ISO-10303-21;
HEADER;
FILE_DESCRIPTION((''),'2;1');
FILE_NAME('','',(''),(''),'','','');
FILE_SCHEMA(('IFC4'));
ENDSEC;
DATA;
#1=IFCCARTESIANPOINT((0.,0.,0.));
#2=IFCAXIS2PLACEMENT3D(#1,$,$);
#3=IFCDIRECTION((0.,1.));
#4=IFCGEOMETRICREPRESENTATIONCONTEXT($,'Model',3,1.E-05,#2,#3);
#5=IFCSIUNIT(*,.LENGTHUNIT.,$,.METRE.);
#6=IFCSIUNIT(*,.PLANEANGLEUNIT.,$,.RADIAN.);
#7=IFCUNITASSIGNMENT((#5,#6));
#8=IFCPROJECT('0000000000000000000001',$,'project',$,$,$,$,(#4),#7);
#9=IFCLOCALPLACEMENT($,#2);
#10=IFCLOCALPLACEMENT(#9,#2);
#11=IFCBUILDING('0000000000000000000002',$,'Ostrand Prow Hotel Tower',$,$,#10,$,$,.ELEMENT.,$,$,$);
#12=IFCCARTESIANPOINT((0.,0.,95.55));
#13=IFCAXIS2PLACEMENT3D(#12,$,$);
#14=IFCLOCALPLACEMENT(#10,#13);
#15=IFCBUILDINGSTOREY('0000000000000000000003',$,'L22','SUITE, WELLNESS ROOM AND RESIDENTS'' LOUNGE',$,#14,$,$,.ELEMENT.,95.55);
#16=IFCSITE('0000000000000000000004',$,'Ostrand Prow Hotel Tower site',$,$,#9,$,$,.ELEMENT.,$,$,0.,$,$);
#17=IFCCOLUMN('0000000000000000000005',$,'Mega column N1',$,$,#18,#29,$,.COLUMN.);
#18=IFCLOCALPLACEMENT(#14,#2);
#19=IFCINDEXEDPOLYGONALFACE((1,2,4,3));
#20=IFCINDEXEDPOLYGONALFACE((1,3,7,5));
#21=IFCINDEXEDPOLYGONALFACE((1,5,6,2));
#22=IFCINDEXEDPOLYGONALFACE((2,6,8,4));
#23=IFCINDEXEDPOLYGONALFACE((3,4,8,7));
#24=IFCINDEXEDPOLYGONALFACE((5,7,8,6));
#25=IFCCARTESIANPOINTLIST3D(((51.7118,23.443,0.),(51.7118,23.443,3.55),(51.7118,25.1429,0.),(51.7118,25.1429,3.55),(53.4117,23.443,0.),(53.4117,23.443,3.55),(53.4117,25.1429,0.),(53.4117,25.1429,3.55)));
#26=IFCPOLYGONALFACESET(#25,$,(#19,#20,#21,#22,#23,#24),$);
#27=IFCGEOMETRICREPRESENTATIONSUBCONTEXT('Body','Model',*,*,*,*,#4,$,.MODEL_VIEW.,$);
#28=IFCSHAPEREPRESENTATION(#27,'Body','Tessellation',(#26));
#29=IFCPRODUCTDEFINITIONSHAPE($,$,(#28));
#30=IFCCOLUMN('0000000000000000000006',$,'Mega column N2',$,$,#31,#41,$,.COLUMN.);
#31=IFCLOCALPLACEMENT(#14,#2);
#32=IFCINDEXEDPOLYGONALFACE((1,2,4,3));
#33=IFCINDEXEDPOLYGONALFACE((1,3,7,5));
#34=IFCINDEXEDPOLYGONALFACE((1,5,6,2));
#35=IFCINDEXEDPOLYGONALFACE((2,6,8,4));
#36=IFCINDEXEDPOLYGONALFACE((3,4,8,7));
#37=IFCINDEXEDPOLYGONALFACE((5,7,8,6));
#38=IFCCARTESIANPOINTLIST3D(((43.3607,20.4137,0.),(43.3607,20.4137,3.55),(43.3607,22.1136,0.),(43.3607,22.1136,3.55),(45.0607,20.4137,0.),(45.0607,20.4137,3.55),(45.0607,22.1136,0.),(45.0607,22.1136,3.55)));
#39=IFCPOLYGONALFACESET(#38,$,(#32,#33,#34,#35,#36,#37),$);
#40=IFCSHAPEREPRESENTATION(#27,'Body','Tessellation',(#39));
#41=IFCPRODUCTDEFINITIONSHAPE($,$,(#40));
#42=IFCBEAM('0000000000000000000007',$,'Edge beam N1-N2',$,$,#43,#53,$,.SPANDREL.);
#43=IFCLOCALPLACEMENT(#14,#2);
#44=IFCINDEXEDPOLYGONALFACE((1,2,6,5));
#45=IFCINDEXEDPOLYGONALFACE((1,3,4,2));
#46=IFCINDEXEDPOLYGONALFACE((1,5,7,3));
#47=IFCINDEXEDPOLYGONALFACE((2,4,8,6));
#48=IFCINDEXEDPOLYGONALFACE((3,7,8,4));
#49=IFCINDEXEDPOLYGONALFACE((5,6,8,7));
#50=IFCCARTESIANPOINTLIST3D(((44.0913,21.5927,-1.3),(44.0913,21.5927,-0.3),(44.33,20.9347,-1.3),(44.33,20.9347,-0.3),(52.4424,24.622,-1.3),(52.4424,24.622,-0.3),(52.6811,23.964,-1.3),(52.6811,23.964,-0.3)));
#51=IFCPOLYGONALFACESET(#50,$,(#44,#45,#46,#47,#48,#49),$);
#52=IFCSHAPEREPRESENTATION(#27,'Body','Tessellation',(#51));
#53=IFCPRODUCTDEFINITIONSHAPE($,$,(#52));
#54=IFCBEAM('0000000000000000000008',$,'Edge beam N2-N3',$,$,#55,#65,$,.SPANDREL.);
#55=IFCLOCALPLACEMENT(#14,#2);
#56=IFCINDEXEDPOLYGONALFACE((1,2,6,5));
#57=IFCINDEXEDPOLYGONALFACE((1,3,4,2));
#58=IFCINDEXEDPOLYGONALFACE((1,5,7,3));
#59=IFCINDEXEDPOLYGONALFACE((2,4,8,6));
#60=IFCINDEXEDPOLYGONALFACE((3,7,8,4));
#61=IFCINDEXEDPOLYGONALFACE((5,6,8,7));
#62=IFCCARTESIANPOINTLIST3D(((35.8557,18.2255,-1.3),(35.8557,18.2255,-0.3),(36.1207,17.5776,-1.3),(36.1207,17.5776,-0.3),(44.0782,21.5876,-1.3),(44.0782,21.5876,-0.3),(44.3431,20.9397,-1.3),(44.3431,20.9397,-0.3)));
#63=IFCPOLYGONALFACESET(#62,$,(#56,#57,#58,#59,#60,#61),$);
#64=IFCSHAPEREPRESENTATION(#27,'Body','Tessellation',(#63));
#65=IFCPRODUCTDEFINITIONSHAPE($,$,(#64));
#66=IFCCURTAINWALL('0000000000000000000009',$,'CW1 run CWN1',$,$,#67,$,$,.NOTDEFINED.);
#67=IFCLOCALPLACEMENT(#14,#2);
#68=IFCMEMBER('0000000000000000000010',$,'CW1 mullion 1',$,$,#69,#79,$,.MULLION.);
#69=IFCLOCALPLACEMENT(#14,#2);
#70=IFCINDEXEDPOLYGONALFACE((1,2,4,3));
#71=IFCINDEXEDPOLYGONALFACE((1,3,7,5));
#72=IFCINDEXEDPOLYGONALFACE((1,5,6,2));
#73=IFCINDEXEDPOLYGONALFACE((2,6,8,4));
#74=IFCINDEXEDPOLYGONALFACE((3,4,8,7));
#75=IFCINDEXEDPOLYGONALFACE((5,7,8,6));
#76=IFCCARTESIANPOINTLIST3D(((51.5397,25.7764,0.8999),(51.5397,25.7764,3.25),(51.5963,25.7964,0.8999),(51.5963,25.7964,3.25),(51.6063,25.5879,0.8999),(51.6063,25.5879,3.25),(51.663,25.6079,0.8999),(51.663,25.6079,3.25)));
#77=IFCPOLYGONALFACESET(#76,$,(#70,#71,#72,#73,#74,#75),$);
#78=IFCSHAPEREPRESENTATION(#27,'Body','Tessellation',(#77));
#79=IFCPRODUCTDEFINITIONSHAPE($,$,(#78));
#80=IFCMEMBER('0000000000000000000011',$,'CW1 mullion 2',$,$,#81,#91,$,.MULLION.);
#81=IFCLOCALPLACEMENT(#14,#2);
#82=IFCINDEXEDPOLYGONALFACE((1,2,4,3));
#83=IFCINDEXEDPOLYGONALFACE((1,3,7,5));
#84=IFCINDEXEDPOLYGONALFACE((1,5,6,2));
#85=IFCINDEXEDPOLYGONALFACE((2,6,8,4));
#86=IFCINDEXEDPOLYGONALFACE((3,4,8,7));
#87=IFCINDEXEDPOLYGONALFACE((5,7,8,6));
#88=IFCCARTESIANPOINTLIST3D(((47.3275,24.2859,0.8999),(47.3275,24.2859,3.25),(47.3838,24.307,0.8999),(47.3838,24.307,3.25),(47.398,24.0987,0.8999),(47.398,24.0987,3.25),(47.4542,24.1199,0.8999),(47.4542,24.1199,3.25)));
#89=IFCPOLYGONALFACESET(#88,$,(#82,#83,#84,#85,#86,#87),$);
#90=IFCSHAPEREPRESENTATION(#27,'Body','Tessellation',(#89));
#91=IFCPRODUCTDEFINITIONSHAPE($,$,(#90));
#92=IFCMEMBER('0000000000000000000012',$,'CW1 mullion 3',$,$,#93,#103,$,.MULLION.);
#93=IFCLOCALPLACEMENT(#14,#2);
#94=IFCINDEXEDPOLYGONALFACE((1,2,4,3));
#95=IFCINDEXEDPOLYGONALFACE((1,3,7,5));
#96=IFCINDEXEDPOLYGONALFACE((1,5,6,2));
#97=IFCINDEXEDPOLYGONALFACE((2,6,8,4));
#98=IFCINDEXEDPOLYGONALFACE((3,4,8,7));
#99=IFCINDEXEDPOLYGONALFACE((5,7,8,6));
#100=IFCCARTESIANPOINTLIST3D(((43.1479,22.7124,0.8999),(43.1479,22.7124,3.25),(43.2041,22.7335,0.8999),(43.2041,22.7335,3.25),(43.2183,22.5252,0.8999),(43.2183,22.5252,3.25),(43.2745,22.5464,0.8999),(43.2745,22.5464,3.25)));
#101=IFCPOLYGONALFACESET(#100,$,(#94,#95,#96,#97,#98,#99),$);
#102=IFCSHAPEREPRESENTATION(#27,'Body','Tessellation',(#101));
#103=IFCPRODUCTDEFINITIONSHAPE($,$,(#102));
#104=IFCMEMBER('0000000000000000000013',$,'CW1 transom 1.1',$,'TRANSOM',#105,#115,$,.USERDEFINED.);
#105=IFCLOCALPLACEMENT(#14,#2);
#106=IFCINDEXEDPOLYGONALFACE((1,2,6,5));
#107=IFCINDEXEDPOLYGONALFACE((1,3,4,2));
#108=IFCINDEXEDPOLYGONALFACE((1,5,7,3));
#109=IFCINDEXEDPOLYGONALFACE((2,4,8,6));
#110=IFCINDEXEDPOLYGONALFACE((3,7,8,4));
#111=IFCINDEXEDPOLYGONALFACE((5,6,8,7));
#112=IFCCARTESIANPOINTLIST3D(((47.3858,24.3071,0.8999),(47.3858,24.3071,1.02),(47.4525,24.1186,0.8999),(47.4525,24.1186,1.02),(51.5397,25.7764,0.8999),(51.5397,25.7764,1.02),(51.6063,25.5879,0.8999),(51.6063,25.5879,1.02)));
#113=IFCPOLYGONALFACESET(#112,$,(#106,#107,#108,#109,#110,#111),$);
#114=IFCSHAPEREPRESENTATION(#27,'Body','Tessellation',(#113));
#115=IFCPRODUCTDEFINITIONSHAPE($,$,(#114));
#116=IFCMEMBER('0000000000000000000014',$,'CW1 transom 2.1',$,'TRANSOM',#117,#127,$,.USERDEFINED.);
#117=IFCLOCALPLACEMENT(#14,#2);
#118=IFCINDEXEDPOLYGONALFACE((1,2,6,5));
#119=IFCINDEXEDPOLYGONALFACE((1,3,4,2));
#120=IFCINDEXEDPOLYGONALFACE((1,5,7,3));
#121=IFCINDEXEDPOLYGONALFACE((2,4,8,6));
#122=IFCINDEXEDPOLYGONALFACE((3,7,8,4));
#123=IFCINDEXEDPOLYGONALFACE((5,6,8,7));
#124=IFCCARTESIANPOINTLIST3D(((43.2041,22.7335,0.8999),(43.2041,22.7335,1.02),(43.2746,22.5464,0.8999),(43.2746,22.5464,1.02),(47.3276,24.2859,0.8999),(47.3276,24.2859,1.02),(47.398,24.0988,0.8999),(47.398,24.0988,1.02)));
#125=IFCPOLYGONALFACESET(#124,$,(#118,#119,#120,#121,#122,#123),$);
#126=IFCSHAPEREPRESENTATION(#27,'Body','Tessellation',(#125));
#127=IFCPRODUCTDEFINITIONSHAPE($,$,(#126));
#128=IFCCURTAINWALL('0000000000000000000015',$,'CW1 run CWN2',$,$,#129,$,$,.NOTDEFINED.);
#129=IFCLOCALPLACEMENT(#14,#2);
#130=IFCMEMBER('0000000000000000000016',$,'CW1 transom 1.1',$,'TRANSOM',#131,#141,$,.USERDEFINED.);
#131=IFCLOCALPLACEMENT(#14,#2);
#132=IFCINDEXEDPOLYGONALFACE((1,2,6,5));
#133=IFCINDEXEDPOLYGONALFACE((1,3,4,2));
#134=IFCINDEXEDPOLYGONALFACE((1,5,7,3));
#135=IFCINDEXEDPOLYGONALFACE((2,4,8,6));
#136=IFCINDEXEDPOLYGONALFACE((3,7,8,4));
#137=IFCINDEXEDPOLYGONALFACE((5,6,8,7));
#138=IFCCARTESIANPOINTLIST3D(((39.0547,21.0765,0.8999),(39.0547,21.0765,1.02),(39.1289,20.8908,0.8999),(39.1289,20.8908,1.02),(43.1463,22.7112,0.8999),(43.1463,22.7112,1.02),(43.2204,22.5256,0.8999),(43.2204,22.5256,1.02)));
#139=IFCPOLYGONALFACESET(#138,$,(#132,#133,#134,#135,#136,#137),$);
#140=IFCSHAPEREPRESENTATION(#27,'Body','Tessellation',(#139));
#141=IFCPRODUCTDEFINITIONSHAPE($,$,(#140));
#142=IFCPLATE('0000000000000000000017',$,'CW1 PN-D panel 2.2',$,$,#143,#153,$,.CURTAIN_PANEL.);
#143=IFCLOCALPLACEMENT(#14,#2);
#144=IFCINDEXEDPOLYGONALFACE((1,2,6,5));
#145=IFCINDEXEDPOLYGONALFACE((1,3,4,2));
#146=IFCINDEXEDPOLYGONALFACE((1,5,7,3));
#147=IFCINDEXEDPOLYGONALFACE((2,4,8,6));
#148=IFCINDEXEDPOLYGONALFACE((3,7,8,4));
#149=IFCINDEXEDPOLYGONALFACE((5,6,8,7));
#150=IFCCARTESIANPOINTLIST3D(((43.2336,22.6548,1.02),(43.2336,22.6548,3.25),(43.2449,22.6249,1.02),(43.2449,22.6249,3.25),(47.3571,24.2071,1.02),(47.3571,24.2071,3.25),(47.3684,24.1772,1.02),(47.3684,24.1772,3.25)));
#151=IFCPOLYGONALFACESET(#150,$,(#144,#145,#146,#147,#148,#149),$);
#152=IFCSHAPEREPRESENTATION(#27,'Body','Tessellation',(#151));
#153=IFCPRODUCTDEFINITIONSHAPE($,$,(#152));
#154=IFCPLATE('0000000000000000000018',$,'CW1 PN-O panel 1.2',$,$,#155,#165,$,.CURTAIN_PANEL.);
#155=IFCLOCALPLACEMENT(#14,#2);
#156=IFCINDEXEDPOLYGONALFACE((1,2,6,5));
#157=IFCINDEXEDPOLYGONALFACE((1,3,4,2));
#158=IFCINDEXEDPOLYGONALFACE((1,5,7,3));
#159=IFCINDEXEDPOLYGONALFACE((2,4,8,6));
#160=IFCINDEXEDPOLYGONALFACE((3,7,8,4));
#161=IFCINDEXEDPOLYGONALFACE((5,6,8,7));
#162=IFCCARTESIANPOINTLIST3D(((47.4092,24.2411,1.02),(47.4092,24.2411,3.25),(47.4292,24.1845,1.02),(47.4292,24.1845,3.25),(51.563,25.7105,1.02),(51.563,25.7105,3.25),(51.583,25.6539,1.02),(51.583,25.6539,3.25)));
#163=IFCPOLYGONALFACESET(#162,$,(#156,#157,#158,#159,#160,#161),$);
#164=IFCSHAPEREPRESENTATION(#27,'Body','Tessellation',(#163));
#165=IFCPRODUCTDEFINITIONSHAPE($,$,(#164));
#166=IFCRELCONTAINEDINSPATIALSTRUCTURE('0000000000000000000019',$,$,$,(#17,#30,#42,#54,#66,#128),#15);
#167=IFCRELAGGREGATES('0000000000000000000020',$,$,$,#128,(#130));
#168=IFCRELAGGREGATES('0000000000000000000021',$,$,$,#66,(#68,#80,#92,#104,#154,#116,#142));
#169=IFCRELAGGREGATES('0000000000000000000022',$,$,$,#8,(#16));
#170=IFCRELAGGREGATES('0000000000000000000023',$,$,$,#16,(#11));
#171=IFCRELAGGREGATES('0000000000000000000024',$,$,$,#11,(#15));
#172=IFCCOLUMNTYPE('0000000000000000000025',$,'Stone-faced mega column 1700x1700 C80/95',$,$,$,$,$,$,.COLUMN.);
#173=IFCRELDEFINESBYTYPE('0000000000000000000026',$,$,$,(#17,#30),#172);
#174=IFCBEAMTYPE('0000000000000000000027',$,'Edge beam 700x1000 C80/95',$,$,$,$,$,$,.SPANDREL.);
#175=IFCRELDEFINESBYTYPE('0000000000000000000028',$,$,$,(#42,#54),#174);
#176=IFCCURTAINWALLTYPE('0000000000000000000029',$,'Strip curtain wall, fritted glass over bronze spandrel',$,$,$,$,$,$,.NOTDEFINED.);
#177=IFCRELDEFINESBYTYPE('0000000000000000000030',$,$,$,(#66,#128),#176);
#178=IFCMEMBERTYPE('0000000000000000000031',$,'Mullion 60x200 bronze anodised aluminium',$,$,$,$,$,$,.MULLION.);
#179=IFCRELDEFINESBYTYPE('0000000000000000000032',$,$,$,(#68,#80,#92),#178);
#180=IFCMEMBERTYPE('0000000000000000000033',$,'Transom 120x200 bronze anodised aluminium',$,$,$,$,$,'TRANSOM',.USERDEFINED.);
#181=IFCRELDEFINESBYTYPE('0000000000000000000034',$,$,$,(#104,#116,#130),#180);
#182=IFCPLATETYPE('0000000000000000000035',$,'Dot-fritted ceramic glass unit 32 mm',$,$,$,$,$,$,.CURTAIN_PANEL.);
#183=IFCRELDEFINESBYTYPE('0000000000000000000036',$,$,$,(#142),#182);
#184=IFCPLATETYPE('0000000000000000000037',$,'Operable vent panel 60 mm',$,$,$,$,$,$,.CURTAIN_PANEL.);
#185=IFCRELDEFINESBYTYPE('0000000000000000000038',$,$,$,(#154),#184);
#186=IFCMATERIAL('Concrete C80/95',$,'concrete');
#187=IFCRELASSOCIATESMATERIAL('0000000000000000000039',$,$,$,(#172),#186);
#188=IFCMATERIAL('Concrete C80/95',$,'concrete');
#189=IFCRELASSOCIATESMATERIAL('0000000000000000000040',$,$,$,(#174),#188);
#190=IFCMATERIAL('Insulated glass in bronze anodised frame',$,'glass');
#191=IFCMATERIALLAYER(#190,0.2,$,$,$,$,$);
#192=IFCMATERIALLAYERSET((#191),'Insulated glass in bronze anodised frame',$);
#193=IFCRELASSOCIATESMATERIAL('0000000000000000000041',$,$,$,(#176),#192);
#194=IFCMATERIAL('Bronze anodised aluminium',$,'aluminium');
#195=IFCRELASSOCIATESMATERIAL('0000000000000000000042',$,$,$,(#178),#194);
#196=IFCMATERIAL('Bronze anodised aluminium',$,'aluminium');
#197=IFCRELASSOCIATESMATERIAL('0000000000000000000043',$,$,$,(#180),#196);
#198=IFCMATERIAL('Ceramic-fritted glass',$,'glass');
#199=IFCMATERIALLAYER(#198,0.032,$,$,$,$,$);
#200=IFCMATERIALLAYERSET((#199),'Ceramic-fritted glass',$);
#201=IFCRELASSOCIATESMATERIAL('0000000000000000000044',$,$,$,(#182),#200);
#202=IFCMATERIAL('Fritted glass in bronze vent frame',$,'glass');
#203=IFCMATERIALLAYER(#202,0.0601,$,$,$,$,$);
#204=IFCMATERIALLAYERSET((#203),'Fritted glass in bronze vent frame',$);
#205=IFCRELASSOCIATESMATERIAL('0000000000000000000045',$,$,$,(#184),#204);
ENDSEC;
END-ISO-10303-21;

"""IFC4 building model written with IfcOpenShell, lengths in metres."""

from ifc_helpers import new_model, si_unit, direction, frame, origin, origin_2d, place, context, subcontext, project, spatial, rectangle, extrude, material, layer, layer_set, material_profile, profile_set, type_object, element, aggregate, save


model = new_model("IFC4")

# Units and contexts
model_context = context("Model", 3, precision=1e-05, world=origin(), true_north=direction((0.0, 1.0)))
body_context = subcontext(model_context, "Body", "Model", "MODEL_VIEW")
ifc_project = project(units=[si_unit("LENGTHUNIT", "METRE"), si_unit("PLANEANGLEUNIT", "RADIAN")], contexts=[model_context])

# Site, building, storey
site_placement = place(None, origin())
site = spatial("IfcSite", under=ifc_project, at=site_placement, Name="Ostrand Prow Hotel Tower site", CompositionType="ELEMENT", RefElevation=0.0)
building_placement = place(site_placement, origin())
building = spatial("IfcBuilding", under=site, at=building_placement, Name="Ostrand Prow Hotel Tower", CompositionType="ELEMENT")
storey_placement = place(building_placement, frame((0.0, 0.0, 95.55)))
storey = spatial("IfcBuildingStorey", under=building, at=storey_placement, Name="L22", Description="SUITE, WELLNESS ROOM AND RESIDENTS' LOUNGE", CompositionType="ELEMENT", Elevation=95.55)

# Columns
ifc_material_1 = material(Name="Concrete C80/95", Category="concrete")
ifc_material_profile_1 = material_profile(ifc_material_1, rectangle(XDim=1.7, YDim=1.7, at=origin_2d()), Name="RC 1700x1700")
ifc_profile_set_1 = profile_set([ifc_material_profile_1], Name="Concrete C80/95")
column_type = type_object("IfcColumnType", Name="Stone-faced mega column 1700x1700 C80/95", PredefinedType="COLUMN", material=ifc_profile_set_1)
for number, where, z_axis, x_axis, name in (
    (1, (52.5618, 24.293, 0.0), (0.0, 0.0, 1.0), (1.0, 0.0, 0.0), "Mega column N1"),
    (2, (44.2107, 21.2637, 0.0), (0.0, 0.0, 1.0), (1.0, 0.0, 0.0), "Mega column N2"),
):
    element("IfcColumn", number, at=place(storey_placement, frame(where, z_axis=z_axis, x_axis=x_axis)), inside=storey, type_object=column_type, Name=name, PredefinedType="COLUMN", context=body_context, shape_type="SweptSolid", body=[
        extrude(rectangle(XDim=1.7, YDim=1.7, at=origin_2d()), origin(), (0.0, 0.0, 1.0), 3.55),
    ])

# Beams
ifc_material_2 = material(Name="Concrete C80/95", Category="concrete")
ifc_material_profile_2 = material_profile(ifc_material_2, rectangle(XDim=0.7, YDim=1.0, at=origin_2d()), Name="RC 700x1000")
ifc_profile_set_2 = profile_set([ifc_material_profile_2], Name="Concrete C80/95")
beam_type = type_object("IfcBeamType", Name="Edge beam 700x1000 C80/95", PredefinedType="SPANDREL", material=ifc_profile_set_2)
beam_1_placement = place(storey_placement, frame((52.5618, 24.293, -0.8), z_axis=(-0.940063, -0.341002, 0.0), x_axis=(0.341002, -0.940063, 0.0)))
element("IfcBeam", 3, at=beam_1_placement, inside=storey, type_object=beam_type, Name="Edge beam N1-N2", PredefinedType="SPANDREL", context=body_context, shape_type="SweptSolid", body=[
    extrude(rectangle(XDim=0.7, YDim=1.0, at=origin_2d()), origin(), (0.0, 0.0, 1.0), 8.8835),
])
beam_2_placement = place(storey_placement, frame((44.2107, 21.2637, -0.8), z_axis=(-0.925612, -0.378473, 0.0), x_axis=(0.378473, -0.925612, 0.0)))
element("IfcBeam", 4, at=beam_2_placement, inside=storey, type_object=beam_type, Name="Edge beam N2-N3", PredefinedType="SPANDREL", context=body_context, shape_type="SweptSolid", body=[
    extrude(rectangle(XDim=0.7, YDim=1.0, at=origin_2d()), origin(), (0.0, 0.0, 1.0), 8.8833),
])

# Curtain wall, members
ifc_material_3 = material(Name="Insulated glass in bronze anodised frame", Category="glass")
ifc_layer_1 = layer(ifc_material_3, 0.2)
ifc_layer_set_1 = layer_set([ifc_layer_1], Name="Insulated glass in bronze anodised frame")
curtain_wall_type = type_object("IfcCurtainWallType", Name="Strip curtain wall, fritted glass over bronze spandrel", PredefinedType="NOTDEFINED", material=ifc_layer_set_1)
curtain_wall_1_placement = place(storey_placement, origin())
curtain_wall_1 = element("IfcCurtainWall", 5, at=curtain_wall_1_placement, inside=storey, type_object=curtain_wall_type, Name="CW1 run CWN1", PredefinedType="NOTDEFINED")
ifc_material_4 = material(Name="Bronze anodised aluminium", Category="aluminium")
ifc_material_profile_3 = material_profile(ifc_material_4, rectangle(XDim=0.2, YDim=0.0601, at=origin_2d()), Name="Mullion 60x200 bronze anodised aluminium")
ifc_profile_set_3 = profile_set([ifc_material_profile_3], Name="Bronze anodised aluminium")
member_type_1 = type_object("IfcMemberType", Name="Mullion 60x200 bronze anodised aluminium", PredefinedType="MULLION", material=ifc_profile_set_3)
member_1_placement = place(storey_placement, frame((51.6013, 25.6921, 0.8999), z_axis=(0.0, 0.0, 1.0), x_axis=(0.333496, -0.942752, 0.0)))
member_1 = element("IfcMember", 6, at=member_1_placement, type_object=member_type_1, Name="CW1 mullion 1", PredefinedType="MULLION", context=body_context, shape_type="SweptSolid", body=[
    extrude(rectangle(XDim=0.2, YDim=0.0601, at=origin_2d()), origin(), (0.0, 0.0, 1.0), 2.3501),
])
member_2_placement = place(storey_placement, frame((47.3909, 24.2029, 0.8999), z_axis=(0.0, 0.0, 1.0), x_axis=(0.352309, -0.935884, 0.0)))
member_2 = element("IfcMember", 7, at=member_2_placement, type_object=member_type_1, Name="CW1 mullion 2", PredefinedType="MULLION", context=body_context, shape_type="SweptSolid", body=[
    extrude(rectangle(XDim=0.2, YDim=0.0601, at=origin_2d()), origin(), (0.0, 0.0, 1.0), 2.3501),
])
member_3_placement = place(storey_placement, frame((43.2112, 22.6294, 0.8999), z_axis=(0.0, 0.0, 1.0), x_axis=(0.352309, -0.935884, 0.0)))
member_3 = element("IfcMember", 8, at=member_3_placement, type_object=member_type_1, Name="CW1 mullion 3", PredefinedType="MULLION", context=body_context, shape_type="SweptSolid", body=[
    extrude(rectangle(XDim=0.2, YDim=0.0601, at=origin_2d()), origin(), (0.0, 0.0, 1.0), 2.3501),
])
ifc_material_5 = material(Name="Bronze anodised aluminium", Category="aluminium")
ifc_material_profile_4 = material_profile(ifc_material_5, rectangle(XDim=0.2, YDim=0.1201, at=origin_2d()), Name="Transom 120x200 bronze anodised aluminium")
ifc_profile_set_4 = profile_set([ifc_material_profile_4], Name="Bronze anodised aluminium")
member_type_2 = type_object("IfcMemberType", Name="Transom 120x200 bronze anodised aluminium", ElementType="TRANSOM", PredefinedType="USERDEFINED", material=ifc_profile_set_4)
member_4_placement = place(storey_placement, frame((51.573, 25.6821, 0.96), z_axis=(-0.942763, -0.333463, 0.0), x_axis=(0.333463, -0.942763, 0.0)))
member_4 = element("IfcMember", 9, at=member_4_placement, type_object=member_type_2, Name="CW1 transom 1.1", ObjectType="TRANSOM", PredefinedType="USERDEFINED", context=body_context, shape_type="SweptSolid", body=[
    extrude(rectangle(XDim=0.2, YDim=0.1201, at=origin_2d()), origin(), (0.0, 0.0, 1.0), 4.406),
])
member_5_placement = place(storey_placement, frame((47.3628, 24.1924, 0.96), z_axis=(-0.935868, -0.35235, 0.0), x_axis=(0.35235, -0.935868, 0.0)))
member_5 = element("IfcMember", 10, at=member_5_placement, type_object=member_type_2, Name="CW1 transom 2.1", ObjectType="TRANSOM", PredefinedType="USERDEFINED", context=body_context, shape_type="SweptSolid", body=[
    extrude(rectangle(XDim=0.2, YDim=0.1201, at=origin_2d()), origin(), (0.0, 0.0, 1.0), 4.406),
])

# Curtain wall, member
curtain_wall_2_placement = place(storey_placement, origin())
curtain_wall_2 = element("IfcCurtainWall", 11, at=curtain_wall_2_placement, inside=storey, type_object=curtain_wall_type, Name="CW1 run CWN2", PredefinedType="NOTDEFINED")
member_6_placement = place(storey_placement, frame((43.1833, 22.6184, 0.96), z_axis=(-0.928622, -0.371028, 0.0), x_axis=(0.371028, -0.928622, 0.0)))
member_6 = element("IfcMember", 12, at=member_6_placement, type_object=member_type_2, Name="CW1 transom 1.1", ObjectType="TRANSOM", PredefinedType="USERDEFINED", context=body_context, shape_type="SweptSolid", body=[
    extrude(rectangle(XDim=0.2, YDim=0.1201, at=origin_2d()), origin(), (0.0, 0.0, 1.0), 4.406),
])
aggregate(curtain_wall_2, [member_6])

# Plates
ifc_material_6 = material(Name="Ceramic-fritted glass", Category="glass")
ifc_layer_2 = layer(ifc_material_6, 0.032)
ifc_layer_set_2 = layer_set([ifc_layer_2], Name="Ceramic-fritted glass")
plate_type_1 = type_object("IfcPlateType", Name="Dot-fritted ceramic glass unit 32 mm", PredefinedType="CURTAIN_PANEL", material=ifc_layer_set_2)
plate_1_placement = place(storey_placement, frame((45.301, 23.416, 1.02), z_axis=(0.0, 0.0, 1.0), x_axis=(-0.935884, -0.352309, 0.0)))
plate_1 = element("IfcPlate", 13, at=plate_1_placement, type_object=plate_type_1, Name="CW1 PN-D panel 2.2", PredefinedType="CURTAIN_PANEL", context=body_context, shape_type="SweptSolid", body=[
    extrude(rectangle(XDim=4.406, YDim=0.032, at=origin_2d()), origin(), (0.0, 0.0, 1.0), 2.23),
])
ifc_material_7 = material(Name="Fritted glass in bronze vent frame", Category="glass")
ifc_layer_3 = layer(ifc_material_7, 0.0601)
ifc_layer_set_3 = layer_set([ifc_layer_3], Name="Fritted glass in bronze vent frame")
plate_type_2 = type_object("IfcPlateType", Name="Operable vent panel 60 mm", PredefinedType="CURTAIN_PANEL", material=ifc_layer_set_3)
plate_2_placement = place(storey_placement, frame((49.4961, 24.9475, 1.02), z_axis=(0.0, 0.0, 1.0), x_axis=(-0.942752, -0.333496, 0.0)))
plate_2 = element("IfcPlate", 14, at=plate_2_placement, type_object=plate_type_2, Name="CW1 PN-O panel 1.2", PredefinedType="CURTAIN_PANEL", context=body_context, shape_type="SweptSolid", body=[
    extrude(rectangle(XDim=4.406, YDim=0.0601, at=origin_2d()), origin(), (0.0, 0.0, 1.0), 2.23),
])
aggregate(curtain_wall_1, [member_1, member_2, member_3, member_4, plate_2, member_5, plate_1])

save(model, "model.ifc")
